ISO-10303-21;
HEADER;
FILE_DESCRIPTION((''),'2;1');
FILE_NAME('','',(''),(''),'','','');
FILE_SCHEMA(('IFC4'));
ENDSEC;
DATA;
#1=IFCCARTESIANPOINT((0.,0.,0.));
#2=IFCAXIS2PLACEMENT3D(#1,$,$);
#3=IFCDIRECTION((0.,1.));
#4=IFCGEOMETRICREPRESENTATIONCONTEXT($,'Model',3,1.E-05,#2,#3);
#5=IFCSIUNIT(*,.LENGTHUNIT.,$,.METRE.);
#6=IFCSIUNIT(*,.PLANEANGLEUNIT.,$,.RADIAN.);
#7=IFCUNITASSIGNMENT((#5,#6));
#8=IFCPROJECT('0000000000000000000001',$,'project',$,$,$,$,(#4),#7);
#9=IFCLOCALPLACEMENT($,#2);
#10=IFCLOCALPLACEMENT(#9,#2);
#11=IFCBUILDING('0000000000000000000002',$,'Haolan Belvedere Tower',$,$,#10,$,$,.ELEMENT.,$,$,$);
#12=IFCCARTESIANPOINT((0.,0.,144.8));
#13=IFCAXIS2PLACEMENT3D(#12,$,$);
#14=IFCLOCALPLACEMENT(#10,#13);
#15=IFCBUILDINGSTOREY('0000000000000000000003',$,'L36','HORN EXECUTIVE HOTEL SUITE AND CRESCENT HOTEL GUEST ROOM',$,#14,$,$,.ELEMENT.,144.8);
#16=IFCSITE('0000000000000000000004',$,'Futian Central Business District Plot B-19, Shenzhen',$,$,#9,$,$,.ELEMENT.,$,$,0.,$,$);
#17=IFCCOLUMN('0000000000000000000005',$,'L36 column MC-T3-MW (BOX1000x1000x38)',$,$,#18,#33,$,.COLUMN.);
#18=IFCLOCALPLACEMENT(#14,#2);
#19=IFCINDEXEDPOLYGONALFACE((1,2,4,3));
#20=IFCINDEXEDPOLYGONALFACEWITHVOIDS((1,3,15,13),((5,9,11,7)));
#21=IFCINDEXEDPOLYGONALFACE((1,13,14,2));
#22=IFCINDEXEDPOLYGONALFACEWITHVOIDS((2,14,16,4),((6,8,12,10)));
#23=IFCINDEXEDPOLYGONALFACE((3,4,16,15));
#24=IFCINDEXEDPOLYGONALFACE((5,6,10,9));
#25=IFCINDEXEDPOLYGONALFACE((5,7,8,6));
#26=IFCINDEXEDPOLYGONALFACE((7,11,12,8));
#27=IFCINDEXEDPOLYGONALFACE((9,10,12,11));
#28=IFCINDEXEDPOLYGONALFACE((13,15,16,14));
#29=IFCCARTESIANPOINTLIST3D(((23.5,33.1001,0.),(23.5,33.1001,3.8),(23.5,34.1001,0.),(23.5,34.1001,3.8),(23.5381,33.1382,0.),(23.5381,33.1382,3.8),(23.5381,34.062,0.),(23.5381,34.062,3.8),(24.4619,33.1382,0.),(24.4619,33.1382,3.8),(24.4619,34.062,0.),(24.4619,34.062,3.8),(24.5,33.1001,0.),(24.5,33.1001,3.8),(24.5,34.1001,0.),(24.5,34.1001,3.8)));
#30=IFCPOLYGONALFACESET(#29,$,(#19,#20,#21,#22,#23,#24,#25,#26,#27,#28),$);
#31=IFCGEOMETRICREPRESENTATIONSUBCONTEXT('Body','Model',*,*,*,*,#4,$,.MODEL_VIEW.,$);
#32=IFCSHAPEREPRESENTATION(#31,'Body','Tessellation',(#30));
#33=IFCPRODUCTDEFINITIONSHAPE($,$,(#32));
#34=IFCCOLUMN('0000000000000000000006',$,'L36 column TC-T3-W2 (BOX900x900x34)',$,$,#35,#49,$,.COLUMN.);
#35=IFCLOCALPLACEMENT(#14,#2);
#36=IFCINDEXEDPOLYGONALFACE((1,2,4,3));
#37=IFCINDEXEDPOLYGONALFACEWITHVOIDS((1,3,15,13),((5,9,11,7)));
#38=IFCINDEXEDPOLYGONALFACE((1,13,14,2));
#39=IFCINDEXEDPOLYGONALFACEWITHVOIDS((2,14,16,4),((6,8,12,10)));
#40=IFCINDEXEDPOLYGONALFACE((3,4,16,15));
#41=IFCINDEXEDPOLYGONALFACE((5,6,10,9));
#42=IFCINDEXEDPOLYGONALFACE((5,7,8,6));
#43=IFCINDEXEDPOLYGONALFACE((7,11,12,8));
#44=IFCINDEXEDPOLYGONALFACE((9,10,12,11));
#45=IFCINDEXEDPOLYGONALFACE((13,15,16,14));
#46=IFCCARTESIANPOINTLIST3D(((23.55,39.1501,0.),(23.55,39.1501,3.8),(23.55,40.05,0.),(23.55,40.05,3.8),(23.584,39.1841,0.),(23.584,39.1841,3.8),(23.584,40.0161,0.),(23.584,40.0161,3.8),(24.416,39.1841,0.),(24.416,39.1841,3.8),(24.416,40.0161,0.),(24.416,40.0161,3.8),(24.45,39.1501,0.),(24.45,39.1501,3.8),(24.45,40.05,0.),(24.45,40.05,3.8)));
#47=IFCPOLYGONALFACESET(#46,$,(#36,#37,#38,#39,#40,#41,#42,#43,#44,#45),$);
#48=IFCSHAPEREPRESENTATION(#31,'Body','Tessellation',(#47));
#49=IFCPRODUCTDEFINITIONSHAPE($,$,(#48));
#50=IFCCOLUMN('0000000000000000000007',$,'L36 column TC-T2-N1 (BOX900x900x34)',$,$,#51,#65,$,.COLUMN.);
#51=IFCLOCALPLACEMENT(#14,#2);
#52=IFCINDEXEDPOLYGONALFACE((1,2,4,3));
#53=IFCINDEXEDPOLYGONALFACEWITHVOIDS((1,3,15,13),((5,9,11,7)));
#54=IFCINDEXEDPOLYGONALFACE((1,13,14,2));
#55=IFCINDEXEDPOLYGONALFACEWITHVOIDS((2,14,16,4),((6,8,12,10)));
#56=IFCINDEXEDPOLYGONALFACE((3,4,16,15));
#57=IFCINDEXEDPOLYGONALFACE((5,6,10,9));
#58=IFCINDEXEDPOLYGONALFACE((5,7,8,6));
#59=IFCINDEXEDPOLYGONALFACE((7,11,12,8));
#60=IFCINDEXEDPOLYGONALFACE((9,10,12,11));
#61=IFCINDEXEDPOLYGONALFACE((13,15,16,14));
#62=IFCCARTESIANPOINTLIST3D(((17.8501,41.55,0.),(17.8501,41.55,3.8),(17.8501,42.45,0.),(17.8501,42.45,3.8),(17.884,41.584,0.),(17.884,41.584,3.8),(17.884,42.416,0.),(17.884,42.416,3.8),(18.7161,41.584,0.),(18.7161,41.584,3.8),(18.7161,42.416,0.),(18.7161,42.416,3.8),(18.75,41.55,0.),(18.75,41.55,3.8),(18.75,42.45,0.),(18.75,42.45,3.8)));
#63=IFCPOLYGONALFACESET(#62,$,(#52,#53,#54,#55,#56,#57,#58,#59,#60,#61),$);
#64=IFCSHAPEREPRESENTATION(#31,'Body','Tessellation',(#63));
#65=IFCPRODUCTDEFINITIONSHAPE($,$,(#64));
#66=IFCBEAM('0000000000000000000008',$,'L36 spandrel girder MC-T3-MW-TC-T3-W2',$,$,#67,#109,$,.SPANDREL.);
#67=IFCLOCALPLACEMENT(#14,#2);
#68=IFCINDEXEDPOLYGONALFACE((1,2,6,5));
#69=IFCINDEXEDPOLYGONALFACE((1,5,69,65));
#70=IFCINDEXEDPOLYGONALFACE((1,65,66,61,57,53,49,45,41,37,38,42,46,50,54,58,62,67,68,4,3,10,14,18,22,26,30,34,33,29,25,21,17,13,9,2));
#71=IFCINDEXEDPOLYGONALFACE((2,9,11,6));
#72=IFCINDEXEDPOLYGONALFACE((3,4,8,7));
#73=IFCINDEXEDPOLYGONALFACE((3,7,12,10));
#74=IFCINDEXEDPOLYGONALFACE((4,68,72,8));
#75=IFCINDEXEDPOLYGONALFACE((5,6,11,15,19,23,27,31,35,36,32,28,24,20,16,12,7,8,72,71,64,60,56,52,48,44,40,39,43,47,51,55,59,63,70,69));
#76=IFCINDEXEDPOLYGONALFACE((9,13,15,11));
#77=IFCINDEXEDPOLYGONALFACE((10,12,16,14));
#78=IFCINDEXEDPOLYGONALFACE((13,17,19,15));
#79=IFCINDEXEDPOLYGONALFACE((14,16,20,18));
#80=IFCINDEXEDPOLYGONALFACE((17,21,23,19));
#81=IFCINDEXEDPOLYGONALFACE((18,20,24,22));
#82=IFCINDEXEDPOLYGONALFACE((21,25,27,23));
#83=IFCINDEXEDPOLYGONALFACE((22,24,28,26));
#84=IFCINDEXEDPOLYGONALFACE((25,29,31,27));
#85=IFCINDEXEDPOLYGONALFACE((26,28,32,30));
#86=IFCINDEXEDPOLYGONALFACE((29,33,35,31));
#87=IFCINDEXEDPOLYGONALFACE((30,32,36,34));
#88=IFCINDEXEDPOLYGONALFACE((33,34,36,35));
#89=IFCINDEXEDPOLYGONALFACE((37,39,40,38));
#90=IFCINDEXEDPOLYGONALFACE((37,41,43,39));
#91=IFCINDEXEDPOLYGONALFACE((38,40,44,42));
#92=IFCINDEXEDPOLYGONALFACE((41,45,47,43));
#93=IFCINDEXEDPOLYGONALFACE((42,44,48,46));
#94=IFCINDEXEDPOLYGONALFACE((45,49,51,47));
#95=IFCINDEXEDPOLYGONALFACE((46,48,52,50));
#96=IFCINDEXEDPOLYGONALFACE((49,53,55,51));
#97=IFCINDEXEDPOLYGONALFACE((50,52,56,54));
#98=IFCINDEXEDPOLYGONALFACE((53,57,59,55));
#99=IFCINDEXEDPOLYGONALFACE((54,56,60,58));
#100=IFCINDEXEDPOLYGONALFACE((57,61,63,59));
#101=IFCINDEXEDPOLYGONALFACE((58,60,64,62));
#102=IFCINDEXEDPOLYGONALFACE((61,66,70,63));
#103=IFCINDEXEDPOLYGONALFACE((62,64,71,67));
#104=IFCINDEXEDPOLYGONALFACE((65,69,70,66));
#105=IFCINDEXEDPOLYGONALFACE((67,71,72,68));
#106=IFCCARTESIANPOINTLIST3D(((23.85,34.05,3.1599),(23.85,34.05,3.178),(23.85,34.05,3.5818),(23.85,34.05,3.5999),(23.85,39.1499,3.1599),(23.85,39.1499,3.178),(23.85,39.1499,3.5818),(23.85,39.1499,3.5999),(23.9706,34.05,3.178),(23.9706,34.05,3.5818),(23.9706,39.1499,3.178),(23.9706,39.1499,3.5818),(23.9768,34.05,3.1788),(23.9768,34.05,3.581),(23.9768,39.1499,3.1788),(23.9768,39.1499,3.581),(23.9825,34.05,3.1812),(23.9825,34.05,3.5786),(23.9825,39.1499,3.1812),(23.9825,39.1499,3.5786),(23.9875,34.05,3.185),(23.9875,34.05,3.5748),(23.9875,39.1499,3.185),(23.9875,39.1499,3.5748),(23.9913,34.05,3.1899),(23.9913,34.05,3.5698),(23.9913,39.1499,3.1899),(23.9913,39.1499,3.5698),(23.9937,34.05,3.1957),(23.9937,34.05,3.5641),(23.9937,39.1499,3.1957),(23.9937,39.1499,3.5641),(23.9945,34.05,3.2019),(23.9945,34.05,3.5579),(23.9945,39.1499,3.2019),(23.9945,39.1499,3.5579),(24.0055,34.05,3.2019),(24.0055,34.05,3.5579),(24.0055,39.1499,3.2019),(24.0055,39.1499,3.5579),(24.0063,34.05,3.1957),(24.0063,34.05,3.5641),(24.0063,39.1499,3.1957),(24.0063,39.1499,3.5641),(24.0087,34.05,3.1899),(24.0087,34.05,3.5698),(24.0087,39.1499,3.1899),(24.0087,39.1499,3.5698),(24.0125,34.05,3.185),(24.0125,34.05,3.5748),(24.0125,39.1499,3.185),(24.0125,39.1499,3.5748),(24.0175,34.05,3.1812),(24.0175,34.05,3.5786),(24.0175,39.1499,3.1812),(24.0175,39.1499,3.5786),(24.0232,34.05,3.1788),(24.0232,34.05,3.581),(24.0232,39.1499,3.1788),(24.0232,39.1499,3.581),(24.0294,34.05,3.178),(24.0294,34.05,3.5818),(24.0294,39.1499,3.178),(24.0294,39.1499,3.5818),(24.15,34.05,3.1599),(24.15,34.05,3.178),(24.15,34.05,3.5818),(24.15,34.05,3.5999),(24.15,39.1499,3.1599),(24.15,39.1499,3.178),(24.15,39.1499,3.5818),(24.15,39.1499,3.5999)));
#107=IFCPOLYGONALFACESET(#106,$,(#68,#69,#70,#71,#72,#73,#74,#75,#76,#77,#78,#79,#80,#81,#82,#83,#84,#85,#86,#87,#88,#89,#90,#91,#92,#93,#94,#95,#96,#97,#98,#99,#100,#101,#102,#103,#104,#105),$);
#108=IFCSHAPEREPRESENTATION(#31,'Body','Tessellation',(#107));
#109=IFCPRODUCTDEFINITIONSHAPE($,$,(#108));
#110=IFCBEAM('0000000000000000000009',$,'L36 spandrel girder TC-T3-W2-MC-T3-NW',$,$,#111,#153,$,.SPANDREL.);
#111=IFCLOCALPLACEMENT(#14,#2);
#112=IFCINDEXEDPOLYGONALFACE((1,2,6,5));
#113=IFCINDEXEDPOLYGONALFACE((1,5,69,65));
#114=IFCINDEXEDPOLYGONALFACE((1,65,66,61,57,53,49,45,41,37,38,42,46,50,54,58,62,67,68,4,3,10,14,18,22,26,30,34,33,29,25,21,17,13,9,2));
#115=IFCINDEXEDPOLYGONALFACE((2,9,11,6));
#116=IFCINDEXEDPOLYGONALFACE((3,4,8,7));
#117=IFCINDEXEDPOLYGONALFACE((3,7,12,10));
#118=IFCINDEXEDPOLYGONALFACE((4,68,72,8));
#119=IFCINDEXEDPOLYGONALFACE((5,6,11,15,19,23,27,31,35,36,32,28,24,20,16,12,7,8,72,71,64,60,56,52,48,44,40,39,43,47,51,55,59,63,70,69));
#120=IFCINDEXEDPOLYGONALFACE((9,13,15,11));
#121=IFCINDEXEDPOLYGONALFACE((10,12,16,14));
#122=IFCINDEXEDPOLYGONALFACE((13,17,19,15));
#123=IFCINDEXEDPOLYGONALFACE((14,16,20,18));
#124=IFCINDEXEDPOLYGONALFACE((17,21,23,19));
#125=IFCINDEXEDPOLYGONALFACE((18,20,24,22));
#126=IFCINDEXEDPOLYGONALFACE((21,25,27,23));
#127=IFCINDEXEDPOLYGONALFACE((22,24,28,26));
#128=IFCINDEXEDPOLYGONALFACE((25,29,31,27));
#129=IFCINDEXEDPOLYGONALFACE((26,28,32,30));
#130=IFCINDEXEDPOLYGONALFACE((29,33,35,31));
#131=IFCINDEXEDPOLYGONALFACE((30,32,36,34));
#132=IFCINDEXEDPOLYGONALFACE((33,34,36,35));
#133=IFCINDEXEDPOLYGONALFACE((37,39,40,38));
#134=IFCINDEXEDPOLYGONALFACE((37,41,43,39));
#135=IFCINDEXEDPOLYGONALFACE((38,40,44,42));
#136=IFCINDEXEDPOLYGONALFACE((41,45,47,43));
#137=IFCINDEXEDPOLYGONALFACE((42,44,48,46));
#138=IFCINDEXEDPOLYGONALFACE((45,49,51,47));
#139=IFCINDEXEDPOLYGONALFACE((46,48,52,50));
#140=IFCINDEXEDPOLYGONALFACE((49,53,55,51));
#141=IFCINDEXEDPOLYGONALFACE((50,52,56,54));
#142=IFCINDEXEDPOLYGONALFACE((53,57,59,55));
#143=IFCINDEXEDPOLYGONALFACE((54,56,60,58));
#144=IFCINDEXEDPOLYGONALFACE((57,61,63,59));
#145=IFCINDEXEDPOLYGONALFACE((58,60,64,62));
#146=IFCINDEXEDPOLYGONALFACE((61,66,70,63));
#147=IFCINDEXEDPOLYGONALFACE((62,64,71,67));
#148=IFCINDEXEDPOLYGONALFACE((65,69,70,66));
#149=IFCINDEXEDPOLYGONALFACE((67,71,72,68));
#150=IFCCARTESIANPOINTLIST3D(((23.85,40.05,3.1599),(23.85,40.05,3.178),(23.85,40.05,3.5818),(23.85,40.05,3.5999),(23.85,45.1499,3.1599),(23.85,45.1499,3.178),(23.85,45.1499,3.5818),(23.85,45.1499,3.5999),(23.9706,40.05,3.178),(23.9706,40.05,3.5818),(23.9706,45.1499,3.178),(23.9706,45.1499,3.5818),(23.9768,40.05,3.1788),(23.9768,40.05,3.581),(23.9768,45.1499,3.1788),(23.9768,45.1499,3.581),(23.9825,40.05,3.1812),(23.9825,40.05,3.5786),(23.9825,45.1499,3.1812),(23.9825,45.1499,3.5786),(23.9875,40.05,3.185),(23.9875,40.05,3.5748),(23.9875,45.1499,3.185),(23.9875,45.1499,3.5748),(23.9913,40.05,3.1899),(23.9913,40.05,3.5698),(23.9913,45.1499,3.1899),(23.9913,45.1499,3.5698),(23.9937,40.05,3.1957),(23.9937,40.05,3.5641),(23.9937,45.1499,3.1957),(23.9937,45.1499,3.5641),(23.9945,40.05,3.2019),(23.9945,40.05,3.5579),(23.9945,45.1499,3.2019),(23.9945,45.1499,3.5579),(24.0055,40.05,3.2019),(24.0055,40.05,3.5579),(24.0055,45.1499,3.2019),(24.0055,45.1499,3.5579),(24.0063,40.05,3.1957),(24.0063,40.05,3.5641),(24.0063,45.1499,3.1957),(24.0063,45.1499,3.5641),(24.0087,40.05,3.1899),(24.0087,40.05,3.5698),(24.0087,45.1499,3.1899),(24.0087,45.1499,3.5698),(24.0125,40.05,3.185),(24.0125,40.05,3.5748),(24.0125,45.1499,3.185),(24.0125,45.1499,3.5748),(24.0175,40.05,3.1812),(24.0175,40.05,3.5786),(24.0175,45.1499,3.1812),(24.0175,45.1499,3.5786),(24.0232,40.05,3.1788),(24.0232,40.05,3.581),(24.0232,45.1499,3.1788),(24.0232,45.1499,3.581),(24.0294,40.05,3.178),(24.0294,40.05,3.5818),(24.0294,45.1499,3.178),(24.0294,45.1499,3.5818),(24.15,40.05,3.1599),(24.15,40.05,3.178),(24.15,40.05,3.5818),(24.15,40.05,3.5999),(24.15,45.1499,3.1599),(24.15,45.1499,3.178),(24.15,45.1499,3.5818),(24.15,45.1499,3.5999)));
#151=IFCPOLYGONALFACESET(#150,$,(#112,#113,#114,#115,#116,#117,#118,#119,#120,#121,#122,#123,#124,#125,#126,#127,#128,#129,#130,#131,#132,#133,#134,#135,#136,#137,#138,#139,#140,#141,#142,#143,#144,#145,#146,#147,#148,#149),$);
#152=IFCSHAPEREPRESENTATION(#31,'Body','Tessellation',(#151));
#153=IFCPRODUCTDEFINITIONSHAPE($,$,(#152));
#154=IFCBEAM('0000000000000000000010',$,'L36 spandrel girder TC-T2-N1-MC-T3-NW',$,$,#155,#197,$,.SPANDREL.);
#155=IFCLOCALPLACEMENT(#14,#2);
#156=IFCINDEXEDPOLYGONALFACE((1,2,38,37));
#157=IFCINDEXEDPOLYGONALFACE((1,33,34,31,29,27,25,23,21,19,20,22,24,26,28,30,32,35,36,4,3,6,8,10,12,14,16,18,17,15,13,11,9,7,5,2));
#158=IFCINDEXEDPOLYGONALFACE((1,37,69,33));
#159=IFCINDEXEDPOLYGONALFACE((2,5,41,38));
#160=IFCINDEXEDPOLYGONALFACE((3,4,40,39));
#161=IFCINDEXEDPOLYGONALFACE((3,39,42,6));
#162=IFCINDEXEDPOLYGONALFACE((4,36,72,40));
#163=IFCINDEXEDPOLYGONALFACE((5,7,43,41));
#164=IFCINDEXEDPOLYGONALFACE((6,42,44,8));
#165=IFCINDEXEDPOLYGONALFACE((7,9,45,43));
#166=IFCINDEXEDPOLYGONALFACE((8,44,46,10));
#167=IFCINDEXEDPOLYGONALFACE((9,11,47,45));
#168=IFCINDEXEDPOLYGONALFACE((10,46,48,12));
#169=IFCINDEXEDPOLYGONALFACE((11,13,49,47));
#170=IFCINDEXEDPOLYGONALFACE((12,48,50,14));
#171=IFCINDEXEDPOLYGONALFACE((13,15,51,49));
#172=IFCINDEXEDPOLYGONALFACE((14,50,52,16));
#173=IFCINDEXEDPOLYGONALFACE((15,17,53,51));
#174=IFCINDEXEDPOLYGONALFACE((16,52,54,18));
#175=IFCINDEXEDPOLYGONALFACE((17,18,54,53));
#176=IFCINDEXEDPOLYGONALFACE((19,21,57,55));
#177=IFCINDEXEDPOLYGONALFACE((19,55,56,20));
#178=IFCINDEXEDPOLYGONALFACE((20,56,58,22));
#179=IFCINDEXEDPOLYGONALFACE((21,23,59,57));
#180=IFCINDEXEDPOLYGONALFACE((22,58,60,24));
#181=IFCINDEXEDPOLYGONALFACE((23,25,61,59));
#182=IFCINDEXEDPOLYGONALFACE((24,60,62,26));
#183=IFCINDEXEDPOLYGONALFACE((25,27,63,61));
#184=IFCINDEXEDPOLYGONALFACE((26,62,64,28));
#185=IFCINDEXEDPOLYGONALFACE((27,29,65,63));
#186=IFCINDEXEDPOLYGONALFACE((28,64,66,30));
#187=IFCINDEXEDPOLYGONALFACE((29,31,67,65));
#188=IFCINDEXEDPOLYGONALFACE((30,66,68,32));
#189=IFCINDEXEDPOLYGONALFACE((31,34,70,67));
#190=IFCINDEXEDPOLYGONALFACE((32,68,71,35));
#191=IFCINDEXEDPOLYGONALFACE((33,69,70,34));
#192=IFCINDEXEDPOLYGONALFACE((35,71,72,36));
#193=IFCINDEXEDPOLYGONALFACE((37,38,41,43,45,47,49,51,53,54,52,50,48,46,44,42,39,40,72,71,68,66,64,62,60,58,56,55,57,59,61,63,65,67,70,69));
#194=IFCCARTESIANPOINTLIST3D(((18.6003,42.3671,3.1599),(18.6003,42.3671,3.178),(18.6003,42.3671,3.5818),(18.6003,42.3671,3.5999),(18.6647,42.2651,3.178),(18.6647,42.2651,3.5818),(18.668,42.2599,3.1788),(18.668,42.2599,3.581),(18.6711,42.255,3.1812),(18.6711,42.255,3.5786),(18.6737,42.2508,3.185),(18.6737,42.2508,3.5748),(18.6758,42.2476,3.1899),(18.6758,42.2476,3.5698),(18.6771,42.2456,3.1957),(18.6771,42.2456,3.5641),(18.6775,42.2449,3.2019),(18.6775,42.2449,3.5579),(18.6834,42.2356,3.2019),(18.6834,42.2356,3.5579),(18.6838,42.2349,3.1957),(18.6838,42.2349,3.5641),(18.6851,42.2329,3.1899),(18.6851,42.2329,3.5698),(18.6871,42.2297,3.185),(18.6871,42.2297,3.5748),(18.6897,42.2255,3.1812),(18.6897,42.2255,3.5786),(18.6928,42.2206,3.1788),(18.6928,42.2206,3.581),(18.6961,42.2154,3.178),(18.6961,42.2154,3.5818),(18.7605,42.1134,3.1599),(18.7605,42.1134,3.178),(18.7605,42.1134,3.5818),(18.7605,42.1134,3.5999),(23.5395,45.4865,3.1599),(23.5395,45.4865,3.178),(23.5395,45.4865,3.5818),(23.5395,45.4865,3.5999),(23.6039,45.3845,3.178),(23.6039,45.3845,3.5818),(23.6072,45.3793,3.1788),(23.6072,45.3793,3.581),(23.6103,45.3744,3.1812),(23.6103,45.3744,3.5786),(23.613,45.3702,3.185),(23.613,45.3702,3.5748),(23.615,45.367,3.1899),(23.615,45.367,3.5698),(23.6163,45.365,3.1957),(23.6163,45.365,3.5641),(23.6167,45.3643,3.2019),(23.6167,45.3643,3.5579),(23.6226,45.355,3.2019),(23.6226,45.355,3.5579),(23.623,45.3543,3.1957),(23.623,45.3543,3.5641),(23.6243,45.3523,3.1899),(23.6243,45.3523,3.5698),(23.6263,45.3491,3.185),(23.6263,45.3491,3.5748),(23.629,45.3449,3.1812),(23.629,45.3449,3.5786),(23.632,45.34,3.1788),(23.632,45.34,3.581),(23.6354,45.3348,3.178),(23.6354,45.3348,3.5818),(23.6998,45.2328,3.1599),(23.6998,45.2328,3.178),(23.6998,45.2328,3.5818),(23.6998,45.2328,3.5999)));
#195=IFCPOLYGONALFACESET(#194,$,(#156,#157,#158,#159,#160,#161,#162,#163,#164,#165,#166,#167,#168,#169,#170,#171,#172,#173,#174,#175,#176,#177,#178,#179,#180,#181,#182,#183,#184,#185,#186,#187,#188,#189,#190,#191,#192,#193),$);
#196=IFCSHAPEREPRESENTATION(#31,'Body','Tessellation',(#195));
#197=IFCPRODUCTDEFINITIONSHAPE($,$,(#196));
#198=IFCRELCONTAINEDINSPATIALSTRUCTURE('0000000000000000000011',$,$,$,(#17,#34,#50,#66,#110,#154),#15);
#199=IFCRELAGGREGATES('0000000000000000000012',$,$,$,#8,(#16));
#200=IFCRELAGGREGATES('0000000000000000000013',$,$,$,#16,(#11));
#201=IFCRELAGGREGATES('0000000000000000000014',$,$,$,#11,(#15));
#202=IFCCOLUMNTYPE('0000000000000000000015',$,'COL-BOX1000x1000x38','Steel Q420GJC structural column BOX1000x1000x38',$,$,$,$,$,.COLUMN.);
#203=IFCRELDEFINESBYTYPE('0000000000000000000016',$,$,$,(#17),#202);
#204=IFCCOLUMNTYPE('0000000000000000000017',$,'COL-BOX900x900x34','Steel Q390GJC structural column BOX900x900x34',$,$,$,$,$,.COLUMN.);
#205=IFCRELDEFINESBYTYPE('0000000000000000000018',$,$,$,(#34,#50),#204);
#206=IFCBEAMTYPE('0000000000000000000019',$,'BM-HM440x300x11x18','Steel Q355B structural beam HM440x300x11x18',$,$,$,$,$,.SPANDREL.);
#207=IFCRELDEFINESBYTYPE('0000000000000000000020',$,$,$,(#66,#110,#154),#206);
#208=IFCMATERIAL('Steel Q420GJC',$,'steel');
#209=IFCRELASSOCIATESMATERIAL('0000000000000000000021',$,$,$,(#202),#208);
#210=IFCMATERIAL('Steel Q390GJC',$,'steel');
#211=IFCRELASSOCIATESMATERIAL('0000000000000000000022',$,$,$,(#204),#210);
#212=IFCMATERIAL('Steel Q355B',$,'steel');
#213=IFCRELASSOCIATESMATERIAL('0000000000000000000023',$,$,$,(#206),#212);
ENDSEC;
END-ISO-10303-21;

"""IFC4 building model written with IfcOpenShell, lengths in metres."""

from ifc_helpers import new_model, si_unit, direction, frame, origin, origin_2d, place, context, subcontext, project, spatial, hollow_rectangle, i_section, extrude, material, material_profile, profile_set, type_object, element, save


model = new_model("IFC4")

# Units and contexts
model_context = context("Model", 3, precision=1e-05, world=origin(), true_north=direction((0.0, 1.0)))
body_context = subcontext(model_context, "Body", "Model", "MODEL_VIEW")
ifc_project = project(units=[si_unit("LENGTHUNIT", "METRE"), si_unit("PLANEANGLEUNIT", "RADIAN")], contexts=[model_context])

# Site, building, storey
site_placement = place(None, origin())
site = spatial("IfcSite", under=ifc_project, at=site_placement, Name="Futian Central Business District Plot B-19, Shenzhen", CompositionType="ELEMENT", RefElevation=0.0)
building_placement = place(site_placement, origin())
building = spatial("IfcBuilding", under=site, at=building_placement, Name="Haolan Belvedere Tower", CompositionType="ELEMENT")
storey_placement = place(building_placement, frame((0.0, 0.0, 144.8)))
storey = spatial("IfcBuildingStorey", under=building, at=storey_placement, Name="L36", Description="HORN EXECUTIVE HOTEL SUITE AND CRESCENT HOTEL GUEST ROOM", CompositionType="ELEMENT", Elevation=144.8)

# Columns
ifc_material_1 = material(Name="Steel Q420GJC", Category="steel")
ifc_material_profile_1 = material_profile(ifc_material_1, hollow_rectangle(XDim=1.0, YDim=1.0, WallThickness=0.0381, at=origin_2d()), Name="Steel Q420GJC")
ifc_profile_set_1 = profile_set([ifc_material_profile_1], Name="Steel Q420GJC")
column_type_1 = type_object("IfcColumnType", Name="COL-BOX1000x1000x38", Description="Steel Q420GJC structural column BOX1000x1000x38", PredefinedType="COLUMN", material=ifc_profile_set_1)
column_placement = place(storey_placement, frame((24.0, 33.6001, 0.0), z_axis=(0.0, 0.0, 1.0), x_axis=(1.0, 0.0, 0.0)))
element("IfcColumn", 1, at=column_placement, inside=storey, type_object=column_type_1, Name="L36 column MC-T3-MW (BOX1000x1000x38)", PredefinedType="COLUMN", context=body_context, shape_type="SweptSolid", body=[
    extrude(hollow_rectangle(XDim=1.0, YDim=1.0, WallThickness=0.0381, at=origin_2d()), origin(), (0.0, 0.0, 1.0), 3.8),
])
ifc_material_2 = material(Name="Steel Q390GJC", Category="steel")
ifc_material_profile_2 = material_profile(ifc_material_2, hollow_rectangle(XDim=0.8999, YDim=0.8999, WallThickness=0.0339, at=origin_2d()), Name="Steel Q390GJC")
ifc_profile_set_2 = profile_set([ifc_material_profile_2], Name="Steel Q390GJC")
column_type_2 = type_object("IfcColumnType", Name="COL-BOX900x900x34", Description="Steel Q390GJC structural column BOX900x900x34", PredefinedType="COLUMN", material=ifc_profile_set_2)
for number, where, z_axis, x_axis, name in (
    (2, (24.0, 39.6001, 0.0), (0.0, 0.0, 1.0), (1.0, 0.0, 0.0), "L36 column TC-T3-W2 (BOX900x900x34)"),
    (3, (18.3, 42.0, 0.0), (0.0, 0.0, 1.0), (1.0, 0.0, 0.0), "L36 column TC-T2-N1 (BOX900x900x34)"),
):
    element("IfcColumn", number, at=place(storey_placement, frame(where, z_axis=z_axis, x_axis=x_axis)), inside=storey, type_object=column_type_2, Name=name, PredefinedType="COLUMN", context=body_context, shape_type="SweptSolid", body=[
        extrude(hollow_rectangle(XDim=0.8999, YDim=0.8999, WallThickness=0.0339, at=origin_2d()), origin(), (0.0, 0.0, 1.0), 3.8),
    ])

# Beams
ifc_material_3 = material(Name="Steel Q355B", Category="steel")
ifc_material_profile_3 = material_profile(ifc_material_3, i_section(OverallWidth=0.3, OverallDepth=0.4399, WebThickness=0.011, FlangeThickness=0.0181, FilletRadius=0.0239, at=origin_2d()), Name="Steel Q355B")
ifc_profile_set_3 = profile_set([ifc_material_profile_3], Name="Steel Q355B")
beam_type = type_object("IfcBeamType", Name="BM-HM440x300x11x18", Description="Steel Q355B structural beam HM440x300x11x18", PredefinedType="SPANDREL", material=ifc_profile_set_3)
for number, where, z_axis, x_axis, name in (
    (4, (24.0, 34.05, 3.3799), (0.0, 1.0, 0.0), (-1.0, 0.0, 0.0), "L36 spandrel girder MC-T3-MW-TC-T3-W2"),
    (5, (24.0, 40.05, 3.3799), (0.0, 1.0, 0.0), (-1.0, 0.0, 0.0), "L36 spandrel girder TC-T3-W2-MC-T3-NW"),
):
    element("IfcBeam", number, at=place(storey_placement, frame(where, z_axis=z_axis, x_axis=x_axis)), inside=storey, type_object=beam_type, Name=name, PredefinedType="SPANDREL", context=body_context, shape_type="SweptSolid", body=[
        extrude(i_section(OverallWidth=0.3, OverallDepth=0.4399, WebThickness=0.011, FlangeThickness=0.0181, FilletRadius=0.0239, at=origin_2d()), origin(), (0.0, 0.0, 1.0), 5.0999),
    ])
beam_placement = place(storey_placement, frame((18.6804, 42.2402, 3.3799), z_axis=(0.845498, 0.533979, 0.0), x_axis=(-0.533979, 0.845498, 0.0)))
element("IfcBeam", 6, at=beam_placement, inside=storey, type_object=beam_type, Name="L36 spandrel girder TC-T2-N1-MC-T3-NW", PredefinedType="SPANDREL", context=body_context, shape_type="SweptSolid", body=[
    extrude(i_section(OverallWidth=0.3, OverallDepth=0.4399, WebThickness=0.011, FlangeThickness=0.0181, FilletRadius=0.0239, at=origin_2d()), origin(), (0.0, 0.0, 1.0), 5.8418),
])

save(model, "model.ifc")
